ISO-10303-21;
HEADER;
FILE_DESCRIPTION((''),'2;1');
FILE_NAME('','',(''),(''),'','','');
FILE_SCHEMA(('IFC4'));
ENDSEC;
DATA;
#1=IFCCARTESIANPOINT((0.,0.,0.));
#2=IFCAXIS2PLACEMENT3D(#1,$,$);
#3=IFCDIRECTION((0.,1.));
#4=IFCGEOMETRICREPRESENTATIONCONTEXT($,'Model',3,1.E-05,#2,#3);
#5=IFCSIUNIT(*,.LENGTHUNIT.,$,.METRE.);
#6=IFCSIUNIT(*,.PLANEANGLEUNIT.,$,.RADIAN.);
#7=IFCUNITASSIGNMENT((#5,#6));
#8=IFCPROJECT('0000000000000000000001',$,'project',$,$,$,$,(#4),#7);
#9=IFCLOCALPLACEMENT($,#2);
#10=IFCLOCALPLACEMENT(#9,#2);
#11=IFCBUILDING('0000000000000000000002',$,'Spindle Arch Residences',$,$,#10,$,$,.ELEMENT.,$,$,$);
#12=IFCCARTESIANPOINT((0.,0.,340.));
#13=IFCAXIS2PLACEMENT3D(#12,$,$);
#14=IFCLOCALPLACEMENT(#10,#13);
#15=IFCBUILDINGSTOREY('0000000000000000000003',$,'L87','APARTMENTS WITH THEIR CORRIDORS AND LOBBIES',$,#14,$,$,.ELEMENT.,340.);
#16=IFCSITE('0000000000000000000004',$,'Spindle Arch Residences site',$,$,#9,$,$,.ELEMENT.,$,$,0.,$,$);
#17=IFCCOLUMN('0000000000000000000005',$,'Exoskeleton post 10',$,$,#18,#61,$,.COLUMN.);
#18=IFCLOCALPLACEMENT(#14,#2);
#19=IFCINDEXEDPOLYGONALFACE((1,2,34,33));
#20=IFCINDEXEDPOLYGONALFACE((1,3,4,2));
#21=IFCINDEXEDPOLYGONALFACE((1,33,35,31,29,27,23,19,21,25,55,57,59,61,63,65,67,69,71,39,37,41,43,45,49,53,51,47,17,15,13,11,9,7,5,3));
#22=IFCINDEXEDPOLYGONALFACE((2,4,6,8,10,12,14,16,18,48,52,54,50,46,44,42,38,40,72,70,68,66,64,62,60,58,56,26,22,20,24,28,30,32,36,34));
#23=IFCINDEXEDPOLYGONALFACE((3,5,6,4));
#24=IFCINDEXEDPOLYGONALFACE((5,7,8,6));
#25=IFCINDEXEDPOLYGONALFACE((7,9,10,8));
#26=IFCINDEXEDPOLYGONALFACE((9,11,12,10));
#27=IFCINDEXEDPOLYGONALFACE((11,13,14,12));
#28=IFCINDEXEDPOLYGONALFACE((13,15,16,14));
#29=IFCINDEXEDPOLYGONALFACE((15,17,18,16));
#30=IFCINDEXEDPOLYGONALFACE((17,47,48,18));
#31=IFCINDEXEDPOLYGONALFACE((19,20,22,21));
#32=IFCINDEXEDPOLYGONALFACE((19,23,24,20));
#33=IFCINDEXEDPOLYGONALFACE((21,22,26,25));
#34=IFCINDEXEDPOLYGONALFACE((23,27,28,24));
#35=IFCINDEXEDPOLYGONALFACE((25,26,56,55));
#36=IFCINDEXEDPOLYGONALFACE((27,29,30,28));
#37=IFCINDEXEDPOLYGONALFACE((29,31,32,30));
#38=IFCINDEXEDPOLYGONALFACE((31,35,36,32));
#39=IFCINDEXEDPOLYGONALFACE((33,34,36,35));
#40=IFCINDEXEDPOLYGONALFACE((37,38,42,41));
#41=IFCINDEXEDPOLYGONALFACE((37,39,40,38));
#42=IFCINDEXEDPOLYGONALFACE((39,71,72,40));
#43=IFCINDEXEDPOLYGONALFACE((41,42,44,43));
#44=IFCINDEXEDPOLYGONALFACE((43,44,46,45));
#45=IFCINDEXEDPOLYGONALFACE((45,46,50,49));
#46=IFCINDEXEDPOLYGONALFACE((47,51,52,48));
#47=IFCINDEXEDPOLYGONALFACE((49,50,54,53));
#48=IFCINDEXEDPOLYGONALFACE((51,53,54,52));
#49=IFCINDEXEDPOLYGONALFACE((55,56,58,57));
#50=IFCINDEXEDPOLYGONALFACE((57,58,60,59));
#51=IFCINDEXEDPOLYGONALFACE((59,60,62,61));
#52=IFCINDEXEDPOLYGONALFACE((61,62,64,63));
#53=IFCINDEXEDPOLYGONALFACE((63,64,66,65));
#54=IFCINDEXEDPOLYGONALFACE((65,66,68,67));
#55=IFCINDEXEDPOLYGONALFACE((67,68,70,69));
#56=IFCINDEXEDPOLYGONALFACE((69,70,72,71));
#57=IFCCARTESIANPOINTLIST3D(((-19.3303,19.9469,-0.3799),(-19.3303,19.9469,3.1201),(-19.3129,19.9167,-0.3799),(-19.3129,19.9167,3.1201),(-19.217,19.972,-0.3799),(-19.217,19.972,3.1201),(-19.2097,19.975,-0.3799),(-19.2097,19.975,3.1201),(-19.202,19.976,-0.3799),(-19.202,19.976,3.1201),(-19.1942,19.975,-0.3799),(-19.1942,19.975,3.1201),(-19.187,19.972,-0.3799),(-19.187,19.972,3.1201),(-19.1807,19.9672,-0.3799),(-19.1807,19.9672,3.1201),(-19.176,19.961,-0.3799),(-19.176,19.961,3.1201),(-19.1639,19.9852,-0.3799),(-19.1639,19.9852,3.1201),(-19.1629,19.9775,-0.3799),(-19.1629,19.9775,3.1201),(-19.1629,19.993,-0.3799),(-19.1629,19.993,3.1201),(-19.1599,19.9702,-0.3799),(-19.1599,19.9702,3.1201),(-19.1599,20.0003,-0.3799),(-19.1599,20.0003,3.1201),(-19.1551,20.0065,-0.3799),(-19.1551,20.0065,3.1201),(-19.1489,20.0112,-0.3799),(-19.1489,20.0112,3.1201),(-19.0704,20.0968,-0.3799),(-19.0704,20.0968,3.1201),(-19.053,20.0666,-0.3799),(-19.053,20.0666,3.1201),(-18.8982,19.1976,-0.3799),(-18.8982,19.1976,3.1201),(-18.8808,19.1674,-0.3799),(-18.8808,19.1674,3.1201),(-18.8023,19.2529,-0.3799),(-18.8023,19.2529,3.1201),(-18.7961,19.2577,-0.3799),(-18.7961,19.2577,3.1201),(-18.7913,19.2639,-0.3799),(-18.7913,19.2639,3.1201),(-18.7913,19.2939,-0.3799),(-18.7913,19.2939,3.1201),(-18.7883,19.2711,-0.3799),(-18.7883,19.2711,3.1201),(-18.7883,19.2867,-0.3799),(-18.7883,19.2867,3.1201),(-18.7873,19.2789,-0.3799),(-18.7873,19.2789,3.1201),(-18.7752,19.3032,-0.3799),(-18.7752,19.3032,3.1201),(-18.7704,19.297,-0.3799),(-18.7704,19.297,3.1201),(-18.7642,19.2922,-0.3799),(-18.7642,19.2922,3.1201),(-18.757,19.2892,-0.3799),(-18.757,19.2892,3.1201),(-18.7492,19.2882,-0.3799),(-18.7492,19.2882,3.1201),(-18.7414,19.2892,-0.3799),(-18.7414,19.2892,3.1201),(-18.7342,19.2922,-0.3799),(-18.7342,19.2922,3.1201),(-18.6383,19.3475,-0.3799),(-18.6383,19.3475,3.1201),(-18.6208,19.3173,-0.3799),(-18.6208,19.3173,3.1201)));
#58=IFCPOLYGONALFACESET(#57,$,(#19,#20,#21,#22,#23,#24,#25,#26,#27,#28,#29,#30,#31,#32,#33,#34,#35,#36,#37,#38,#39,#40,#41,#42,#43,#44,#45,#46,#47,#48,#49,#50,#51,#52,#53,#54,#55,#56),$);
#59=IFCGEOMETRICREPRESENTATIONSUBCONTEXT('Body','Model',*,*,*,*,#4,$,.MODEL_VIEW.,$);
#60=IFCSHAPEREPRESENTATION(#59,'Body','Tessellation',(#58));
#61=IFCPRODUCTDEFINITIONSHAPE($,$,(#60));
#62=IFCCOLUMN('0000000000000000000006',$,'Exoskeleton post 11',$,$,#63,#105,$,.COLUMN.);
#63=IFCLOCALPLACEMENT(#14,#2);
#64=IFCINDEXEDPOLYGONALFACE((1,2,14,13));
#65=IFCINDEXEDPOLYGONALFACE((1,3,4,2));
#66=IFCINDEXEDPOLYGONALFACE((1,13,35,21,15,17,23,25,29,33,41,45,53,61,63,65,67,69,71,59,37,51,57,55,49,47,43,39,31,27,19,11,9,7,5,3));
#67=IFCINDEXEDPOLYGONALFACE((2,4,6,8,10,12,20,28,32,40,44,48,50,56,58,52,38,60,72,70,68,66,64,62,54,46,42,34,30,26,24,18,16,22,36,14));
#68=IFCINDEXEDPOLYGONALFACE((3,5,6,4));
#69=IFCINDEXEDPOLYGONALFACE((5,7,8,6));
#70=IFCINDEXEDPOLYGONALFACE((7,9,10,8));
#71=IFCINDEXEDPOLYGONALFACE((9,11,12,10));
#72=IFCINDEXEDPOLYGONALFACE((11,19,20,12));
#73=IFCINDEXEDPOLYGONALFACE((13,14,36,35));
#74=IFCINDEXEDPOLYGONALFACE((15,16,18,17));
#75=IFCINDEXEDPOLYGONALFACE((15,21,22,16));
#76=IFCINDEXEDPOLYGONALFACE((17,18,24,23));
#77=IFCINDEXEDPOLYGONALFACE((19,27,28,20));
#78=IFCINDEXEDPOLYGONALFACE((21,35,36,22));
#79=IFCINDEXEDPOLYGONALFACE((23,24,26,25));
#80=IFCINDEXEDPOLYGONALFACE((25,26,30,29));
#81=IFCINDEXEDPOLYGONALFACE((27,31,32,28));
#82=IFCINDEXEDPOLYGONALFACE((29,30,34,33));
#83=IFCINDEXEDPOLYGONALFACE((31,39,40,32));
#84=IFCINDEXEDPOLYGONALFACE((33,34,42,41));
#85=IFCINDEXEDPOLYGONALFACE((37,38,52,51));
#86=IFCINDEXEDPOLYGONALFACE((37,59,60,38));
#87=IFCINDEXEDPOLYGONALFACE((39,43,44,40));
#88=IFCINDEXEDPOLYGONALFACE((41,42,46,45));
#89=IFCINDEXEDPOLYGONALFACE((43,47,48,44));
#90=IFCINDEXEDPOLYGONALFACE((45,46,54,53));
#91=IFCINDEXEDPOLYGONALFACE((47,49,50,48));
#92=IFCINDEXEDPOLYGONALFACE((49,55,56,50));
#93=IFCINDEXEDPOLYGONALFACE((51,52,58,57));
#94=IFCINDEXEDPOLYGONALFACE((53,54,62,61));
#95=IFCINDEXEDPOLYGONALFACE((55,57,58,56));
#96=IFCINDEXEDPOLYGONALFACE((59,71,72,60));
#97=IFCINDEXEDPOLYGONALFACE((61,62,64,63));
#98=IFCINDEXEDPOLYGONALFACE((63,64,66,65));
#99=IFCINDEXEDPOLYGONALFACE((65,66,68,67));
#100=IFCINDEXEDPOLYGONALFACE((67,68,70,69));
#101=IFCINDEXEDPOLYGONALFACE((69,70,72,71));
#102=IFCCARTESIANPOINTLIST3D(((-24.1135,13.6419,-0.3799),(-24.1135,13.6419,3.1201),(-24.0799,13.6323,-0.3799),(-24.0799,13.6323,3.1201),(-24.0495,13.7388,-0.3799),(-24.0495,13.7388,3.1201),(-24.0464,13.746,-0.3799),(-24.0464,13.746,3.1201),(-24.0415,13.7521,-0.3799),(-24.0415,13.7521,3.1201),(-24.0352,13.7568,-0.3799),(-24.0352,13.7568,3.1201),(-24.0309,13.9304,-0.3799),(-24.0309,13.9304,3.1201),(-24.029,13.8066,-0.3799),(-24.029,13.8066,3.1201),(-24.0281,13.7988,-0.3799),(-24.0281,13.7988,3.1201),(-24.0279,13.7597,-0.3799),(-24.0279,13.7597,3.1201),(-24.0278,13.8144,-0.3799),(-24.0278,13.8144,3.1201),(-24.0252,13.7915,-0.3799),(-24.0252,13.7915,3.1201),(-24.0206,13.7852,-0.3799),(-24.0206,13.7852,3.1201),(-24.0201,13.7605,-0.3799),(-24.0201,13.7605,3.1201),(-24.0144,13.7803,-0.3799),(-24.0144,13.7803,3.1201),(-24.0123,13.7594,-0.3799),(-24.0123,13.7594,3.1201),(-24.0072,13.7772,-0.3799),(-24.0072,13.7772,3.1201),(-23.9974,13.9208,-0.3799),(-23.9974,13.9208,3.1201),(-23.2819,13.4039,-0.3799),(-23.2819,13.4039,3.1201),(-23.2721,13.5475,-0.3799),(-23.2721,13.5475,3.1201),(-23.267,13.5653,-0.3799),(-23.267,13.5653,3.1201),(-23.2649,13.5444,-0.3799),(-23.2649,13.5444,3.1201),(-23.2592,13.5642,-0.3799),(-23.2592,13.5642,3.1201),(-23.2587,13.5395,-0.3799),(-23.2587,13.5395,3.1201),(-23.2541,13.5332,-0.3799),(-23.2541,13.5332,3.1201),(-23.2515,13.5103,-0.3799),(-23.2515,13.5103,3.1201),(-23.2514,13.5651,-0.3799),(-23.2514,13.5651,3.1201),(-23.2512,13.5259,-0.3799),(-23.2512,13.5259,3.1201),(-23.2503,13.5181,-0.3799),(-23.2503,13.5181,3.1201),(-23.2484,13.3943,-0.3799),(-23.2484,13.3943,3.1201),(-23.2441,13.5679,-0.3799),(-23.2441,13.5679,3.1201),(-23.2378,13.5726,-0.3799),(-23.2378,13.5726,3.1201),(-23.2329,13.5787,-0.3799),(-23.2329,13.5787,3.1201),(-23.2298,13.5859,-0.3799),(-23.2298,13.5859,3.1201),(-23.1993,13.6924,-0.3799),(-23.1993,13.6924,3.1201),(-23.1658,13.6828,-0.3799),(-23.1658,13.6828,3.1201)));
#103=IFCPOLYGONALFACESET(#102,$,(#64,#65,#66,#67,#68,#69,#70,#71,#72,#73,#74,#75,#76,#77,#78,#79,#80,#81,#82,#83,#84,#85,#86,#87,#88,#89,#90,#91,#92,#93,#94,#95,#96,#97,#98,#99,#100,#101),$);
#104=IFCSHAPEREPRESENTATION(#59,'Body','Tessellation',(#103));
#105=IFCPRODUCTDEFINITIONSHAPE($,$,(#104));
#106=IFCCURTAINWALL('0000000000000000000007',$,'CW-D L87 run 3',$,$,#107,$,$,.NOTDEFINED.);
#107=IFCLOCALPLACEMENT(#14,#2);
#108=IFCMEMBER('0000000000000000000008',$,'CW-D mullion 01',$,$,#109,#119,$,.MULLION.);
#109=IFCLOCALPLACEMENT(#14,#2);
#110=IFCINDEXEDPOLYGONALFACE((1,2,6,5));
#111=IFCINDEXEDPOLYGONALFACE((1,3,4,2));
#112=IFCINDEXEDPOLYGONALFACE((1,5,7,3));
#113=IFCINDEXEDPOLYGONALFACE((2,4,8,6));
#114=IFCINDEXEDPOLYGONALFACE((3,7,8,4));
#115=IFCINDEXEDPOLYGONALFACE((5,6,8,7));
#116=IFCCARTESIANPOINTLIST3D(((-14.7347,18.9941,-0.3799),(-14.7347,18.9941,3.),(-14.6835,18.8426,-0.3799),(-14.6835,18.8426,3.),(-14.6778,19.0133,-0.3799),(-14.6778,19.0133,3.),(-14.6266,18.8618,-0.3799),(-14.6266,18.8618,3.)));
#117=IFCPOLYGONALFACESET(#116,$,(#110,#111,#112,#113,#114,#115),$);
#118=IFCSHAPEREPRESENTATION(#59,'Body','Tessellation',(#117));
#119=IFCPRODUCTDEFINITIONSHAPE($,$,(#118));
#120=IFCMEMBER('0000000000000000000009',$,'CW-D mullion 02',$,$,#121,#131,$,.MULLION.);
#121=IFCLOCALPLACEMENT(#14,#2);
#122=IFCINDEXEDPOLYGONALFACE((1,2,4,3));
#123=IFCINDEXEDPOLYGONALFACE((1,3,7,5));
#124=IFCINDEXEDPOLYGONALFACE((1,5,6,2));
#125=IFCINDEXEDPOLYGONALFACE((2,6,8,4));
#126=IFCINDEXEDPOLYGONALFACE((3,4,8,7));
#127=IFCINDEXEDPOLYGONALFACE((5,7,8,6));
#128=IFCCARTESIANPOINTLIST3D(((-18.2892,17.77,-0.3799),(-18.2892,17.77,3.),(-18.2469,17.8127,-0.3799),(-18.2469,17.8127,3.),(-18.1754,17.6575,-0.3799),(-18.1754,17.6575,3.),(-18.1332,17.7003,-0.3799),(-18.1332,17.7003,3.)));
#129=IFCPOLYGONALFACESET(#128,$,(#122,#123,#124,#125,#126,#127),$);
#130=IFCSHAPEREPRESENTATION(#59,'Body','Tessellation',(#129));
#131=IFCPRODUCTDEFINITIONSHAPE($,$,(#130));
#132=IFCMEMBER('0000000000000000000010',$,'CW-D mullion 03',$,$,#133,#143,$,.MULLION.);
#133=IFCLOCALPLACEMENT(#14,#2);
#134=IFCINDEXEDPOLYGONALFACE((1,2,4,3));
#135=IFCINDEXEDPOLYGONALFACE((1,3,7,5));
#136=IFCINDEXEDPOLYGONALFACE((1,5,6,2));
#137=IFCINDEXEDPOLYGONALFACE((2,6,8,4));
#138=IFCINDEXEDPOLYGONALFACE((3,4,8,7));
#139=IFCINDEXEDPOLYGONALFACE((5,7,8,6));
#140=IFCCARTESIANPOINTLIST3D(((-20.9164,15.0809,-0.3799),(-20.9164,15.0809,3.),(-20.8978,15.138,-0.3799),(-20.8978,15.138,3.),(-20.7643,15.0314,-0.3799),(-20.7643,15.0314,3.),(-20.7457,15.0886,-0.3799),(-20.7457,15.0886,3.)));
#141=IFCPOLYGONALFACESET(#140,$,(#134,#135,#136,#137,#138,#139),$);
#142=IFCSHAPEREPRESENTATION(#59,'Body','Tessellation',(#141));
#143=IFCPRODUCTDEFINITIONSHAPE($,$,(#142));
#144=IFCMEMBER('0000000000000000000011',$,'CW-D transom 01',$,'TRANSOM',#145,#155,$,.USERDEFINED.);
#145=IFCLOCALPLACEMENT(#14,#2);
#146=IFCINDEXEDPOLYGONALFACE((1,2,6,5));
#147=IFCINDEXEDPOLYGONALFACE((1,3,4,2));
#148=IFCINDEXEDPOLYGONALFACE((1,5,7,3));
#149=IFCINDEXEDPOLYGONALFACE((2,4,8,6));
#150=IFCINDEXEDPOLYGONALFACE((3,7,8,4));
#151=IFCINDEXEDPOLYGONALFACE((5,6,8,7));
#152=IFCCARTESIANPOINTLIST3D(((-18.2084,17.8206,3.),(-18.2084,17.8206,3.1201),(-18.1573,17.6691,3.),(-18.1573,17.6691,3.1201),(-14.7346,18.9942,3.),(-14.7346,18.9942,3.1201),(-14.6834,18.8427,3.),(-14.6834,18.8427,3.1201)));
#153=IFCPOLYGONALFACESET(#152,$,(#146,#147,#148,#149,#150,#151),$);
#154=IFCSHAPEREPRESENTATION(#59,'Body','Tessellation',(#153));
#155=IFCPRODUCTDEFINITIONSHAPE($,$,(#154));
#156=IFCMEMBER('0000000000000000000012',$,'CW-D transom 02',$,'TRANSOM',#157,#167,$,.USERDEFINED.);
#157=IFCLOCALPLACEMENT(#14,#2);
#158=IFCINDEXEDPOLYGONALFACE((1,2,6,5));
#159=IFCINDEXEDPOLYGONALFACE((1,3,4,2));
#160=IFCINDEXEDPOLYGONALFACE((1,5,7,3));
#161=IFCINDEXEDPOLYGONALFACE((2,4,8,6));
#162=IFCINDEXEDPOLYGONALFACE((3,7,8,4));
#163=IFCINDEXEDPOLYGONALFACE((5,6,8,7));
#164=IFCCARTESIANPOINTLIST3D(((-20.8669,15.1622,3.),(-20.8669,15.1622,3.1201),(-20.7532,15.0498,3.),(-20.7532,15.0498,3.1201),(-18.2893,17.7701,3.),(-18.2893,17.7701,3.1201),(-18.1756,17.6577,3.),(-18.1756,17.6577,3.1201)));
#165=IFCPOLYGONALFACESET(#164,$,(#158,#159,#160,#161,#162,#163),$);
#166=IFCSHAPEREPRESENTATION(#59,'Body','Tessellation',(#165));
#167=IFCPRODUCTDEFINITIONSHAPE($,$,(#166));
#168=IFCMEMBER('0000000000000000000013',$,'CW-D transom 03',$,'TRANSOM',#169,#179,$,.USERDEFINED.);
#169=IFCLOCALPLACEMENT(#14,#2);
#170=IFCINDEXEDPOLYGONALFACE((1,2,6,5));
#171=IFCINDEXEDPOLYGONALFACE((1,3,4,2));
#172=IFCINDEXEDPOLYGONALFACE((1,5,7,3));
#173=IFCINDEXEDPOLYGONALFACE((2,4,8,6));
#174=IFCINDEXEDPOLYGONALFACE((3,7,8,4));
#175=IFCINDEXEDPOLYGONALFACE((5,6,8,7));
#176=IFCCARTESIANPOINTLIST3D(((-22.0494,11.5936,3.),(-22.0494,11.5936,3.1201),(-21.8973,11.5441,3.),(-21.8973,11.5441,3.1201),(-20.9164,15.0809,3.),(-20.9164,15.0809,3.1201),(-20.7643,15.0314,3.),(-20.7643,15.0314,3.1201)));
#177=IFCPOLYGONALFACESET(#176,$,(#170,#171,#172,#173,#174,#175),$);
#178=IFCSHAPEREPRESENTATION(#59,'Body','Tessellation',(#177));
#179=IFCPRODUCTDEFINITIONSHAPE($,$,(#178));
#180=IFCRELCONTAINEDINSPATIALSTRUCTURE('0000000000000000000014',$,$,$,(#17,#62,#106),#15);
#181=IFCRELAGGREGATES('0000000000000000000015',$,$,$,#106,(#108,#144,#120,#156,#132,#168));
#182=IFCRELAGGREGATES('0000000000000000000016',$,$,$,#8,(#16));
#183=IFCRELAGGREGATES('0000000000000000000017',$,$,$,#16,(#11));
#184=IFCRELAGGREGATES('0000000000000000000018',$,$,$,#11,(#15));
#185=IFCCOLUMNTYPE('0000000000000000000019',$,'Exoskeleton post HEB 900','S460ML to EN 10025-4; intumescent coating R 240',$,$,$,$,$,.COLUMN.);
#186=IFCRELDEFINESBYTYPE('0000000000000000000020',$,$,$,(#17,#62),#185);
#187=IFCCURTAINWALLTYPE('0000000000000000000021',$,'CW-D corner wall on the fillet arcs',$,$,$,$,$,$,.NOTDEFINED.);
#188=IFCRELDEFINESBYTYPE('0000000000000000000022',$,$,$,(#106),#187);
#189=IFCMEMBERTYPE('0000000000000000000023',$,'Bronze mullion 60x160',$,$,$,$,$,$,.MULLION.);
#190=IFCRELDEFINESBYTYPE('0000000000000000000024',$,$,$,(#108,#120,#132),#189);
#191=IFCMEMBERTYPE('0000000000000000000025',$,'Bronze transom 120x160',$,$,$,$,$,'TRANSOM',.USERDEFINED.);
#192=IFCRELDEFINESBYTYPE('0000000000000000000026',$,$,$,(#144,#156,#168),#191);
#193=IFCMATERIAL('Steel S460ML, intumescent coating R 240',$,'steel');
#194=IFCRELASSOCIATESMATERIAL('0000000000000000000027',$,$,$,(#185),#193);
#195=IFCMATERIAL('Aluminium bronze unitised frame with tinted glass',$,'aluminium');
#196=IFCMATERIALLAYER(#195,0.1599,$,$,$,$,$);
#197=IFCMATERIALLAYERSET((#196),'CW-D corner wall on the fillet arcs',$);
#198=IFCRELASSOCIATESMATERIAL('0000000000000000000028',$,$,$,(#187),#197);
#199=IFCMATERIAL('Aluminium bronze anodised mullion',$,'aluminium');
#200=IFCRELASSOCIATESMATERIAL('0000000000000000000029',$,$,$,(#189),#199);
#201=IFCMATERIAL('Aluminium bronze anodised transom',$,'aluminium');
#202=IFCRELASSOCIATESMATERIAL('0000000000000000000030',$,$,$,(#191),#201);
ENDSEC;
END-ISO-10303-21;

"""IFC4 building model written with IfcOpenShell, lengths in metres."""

from ifc_helpers import new_model, si_unit, direction, frame, origin, origin_2d, place, context, subcontext, project, spatial, rectangle, i_section, extrude, material, layer, layer_set, material_profile, profile_set, type_object, element, aggregate, save


model = new_model("IFC4")

# Units and contexts
model_context = context("Model", 3, precision=1e-05, world=origin(), true_north=direction((0.0, 1.0)))
body_context = subcontext(model_context, "Body", "Model", "MODEL_VIEW")
ifc_project = project(units=[si_unit("LENGTHUNIT", "METRE"), si_unit("PLANEANGLEUNIT", "RADIAN")], contexts=[model_context])

# Site, building, storey
site_placement = place(None, origin())
site = spatial("IfcSite", under=ifc_project, at=site_placement, Name="Spindle Arch Residences site", CompositionType="ELEMENT", RefElevation=0.0)
building_placement = place(site_placement, origin())
building = spatial("IfcBuilding", under=site, at=building_placement, Name="Spindle Arch Residences", CompositionType="ELEMENT")
storey_placement = place(building_placement, frame((0.0, 0.0, 340.0)))
storey = spatial("IfcBuildingStorey", under=building, at=storey_placement, Name="L87", Description="APARTMENTS WITH THEIR CORRIDORS AND LOBBIES", CompositionType="ELEMENT", Elevation=340.0)

# Columns
ifc_material_1 = material(Name="Steel S460ML, intumescent coating R 240", Category="steel")
ifc_material_profile_1 = material_profile(ifc_material_1, i_section(OverallWidth=0.3, OverallDepth=0.8999, WebThickness=0.0186, FlangeThickness=0.0349, FilletRadius=0.03, at=origin_2d()), Name="HEB 900")
ifc_profile_set_1 = profile_set([ifc_material_profile_1], Name="Steel S460ML, intumescent coating R 240")
column_type = type_object("IfcColumnType", Name="Exoskeleton post HEB 900", Description="S460ML to EN 10025-4; intumescent coating R 240", PredefinedType="COLUMN", material=ifc_profile_set_1)
for number, where, z_axis, x_axis, name in (
    (1, (-18.9756, 19.6321, -0.3799), (0.0, 0.0, 1.0), (0.866257, 0.499599, 0.0), "Exoskeleton post 10"),
    (2, (-23.6396, 13.6624, -0.3799), (0.0, 0.0, 1.0), (0.275193, 0.961389, 0.0), "Exoskeleton post 11"),
):
    element("IfcColumn", number, at=place(storey_placement, frame(where, z_axis=z_axis, x_axis=x_axis)), inside=storey, type_object=column_type, Name=name, PredefinedType="COLUMN", context=body_context, shape_type="SweptSolid", body=[
        extrude(i_section(OverallWidth=0.3, OverallDepth=0.8999, WebThickness=0.0186, FlangeThickness=0.0349, FilletRadius=0.03, at=origin_2d()), origin(), (0.0, 0.0, 1.0), 3.5),
    ])

# Curtain wall, members
ifc_material_2 = material(Name="Aluminium bronze unitised frame with tinted glass", Category="aluminium")
ifc_layer_1 = layer(ifc_material_2, 0.1599)
ifc_layer_set_1 = layer_set([ifc_layer_1], Name="CW-D corner wall on the fillet arcs")
curtain_wall_type = type_object("IfcCurtainWallType", Name="CW-D corner wall on the fillet arcs", PredefinedType="NOTDEFINED", material=ifc_layer_set_1)
curtain_wall_placement = place(storey_placement, origin())
curtain_wall = element("IfcCurtainWall", 3, at=curtain_wall_placement, inside=storey, type_object=curtain_wall_type, Name="CW-D L87 run 3", PredefinedType="NOTDEFINED")
ifc_material_3 = material(Name="Aluminium bronze anodised mullion", Category="aluminium")
ifc_material_profile_2 = material_profile(ifc_material_3, rectangle(XDim=0.1599, YDim=0.0601, at=origin_2d()), Name="MU 60x160")
ifc_profile_set_2 = profile_set([ifc_material_profile_2], Name="Aluminium bronze anodised mullion")
member_type_1 = type_object("IfcMemberType", Name="Bronze mullion 60x160", PredefinedType="MULLION", material=ifc_profile_set_2)
member_1_placement = place(storey_placement, frame((-14.6807, 18.928, -0.3799), z_axis=(0.0, 0.0, 1.0), x_axis=(0.320062, -0.947397, 0.0)))
member_1 = element("IfcMember", 4, at=member_1_placement, type_object=member_type_1, Name="CW-D mullion 01", PredefinedType="MULLION", context=body_context, shape_type="SweptSolid", body=[
    extrude(rectangle(XDim=0.1599, YDim=0.0601, at=origin_2d()), origin(), (0.0, 0.0, 1.0), 3.3799),
])
member_2_placement = place(storey_placement, frame((-18.2112, 17.7351, -0.3799), z_axis=(0.0, 0.0, 1.0), x_axis=(0.711209, -0.702981, 0.0)))
member_2 = element("IfcMember", 5, at=member_2_placement, type_object=member_type_1, Name="CW-D mullion 02", PredefinedType="MULLION", context=body_context, shape_type="SweptSolid", body=[
    extrude(rectangle(XDim=0.1599, YDim=0.0601, at=origin_2d()), origin(), (0.0, 0.0, 1.0), 3.3799),
])
member_3_placement = place(storey_placement, frame((-20.8311, 15.0847, -0.3799), z_axis=(0.0, 0.0, 1.0), x_axis=(0.951057, -0.309017, 0.0)))
member_3 = element("IfcMember", 6, at=member_3_placement, type_object=member_type_1, Name="CW-D mullion 03", PredefinedType="MULLION", context=body_context, shape_type="SweptSolid", body=[
    extrude(rectangle(XDim=0.1599, YDim=0.0601, at=origin_2d()), origin(), (0.0, 0.0, 1.0), 3.3799),
])
ifc_material_4 = material(Name="Aluminium bronze anodised transom", Category="aluminium")
ifc_material_profile_3 = material_profile(ifc_material_4, rectangle(XDim=0.1599, YDim=0.1201, at=origin_2d()), Name="TR 120x160")
ifc_profile_set_3 = profile_set([ifc_material_profile_3], Name="Aluminium bronze anodised transom")
member_type_2 = type_object("IfcMemberType", Name="Bronze transom 120x160", ElementType="TRANSOM", PredefinedType="USERDEFINED", material=ifc_profile_set_3)
member_4_placement = place(storey_placement, frame((-14.709, 18.9185, 3.0601), z_axis=(-0.947397, -0.32006, 0.0), x_axis=(0.32006, -0.947397, 0.0)))
member_4 = element("IfcMember", 7, at=member_4_placement, type_object=member_type_2, Name="CW-D transom 01", ObjectType="TRANSOM", PredefinedType="USERDEFINED", context=body_context, shape_type="SweptSolid", body=[
    extrude(rectangle(XDim=0.1599, YDim=0.1201, at=origin_2d()), origin(), (0.0, 0.0, 1.0), 3.6667),
])
member_5_placement = place(storey_placement, frame((-18.2324, 17.7139, 3.0601), z_axis=(-0.702967, -0.711223, 0.0), x_axis=(0.711223, -0.702967, 0.0)))
member_5 = element("IfcMember", 8, at=member_5_placement, type_object=member_type_2, Name="CW-D transom 02", ObjectType="TRANSOM", PredefinedType="USERDEFINED", context=body_context, shape_type="SweptSolid", body=[
    extrude(rectangle(XDim=0.1599, YDim=0.1201, at=origin_2d()), origin(), (0.0, 0.0, 1.0), 3.6667),
])
member_6_placement = place(storey_placement, frame((-20.8403, 15.0562, 3.0601), z_axis=(-0.309008, -0.95106, 0.0), x_axis=(0.95106, -0.309008, 0.0)))
member_6 = element("IfcMember", 9, at=member_6_placement, type_object=member_type_2, Name="CW-D transom 03", ObjectType="TRANSOM", PredefinedType="USERDEFINED", context=body_context, shape_type="SweptSolid", body=[
    extrude(rectangle(XDim=0.1599, YDim=0.1201, at=origin_2d()), origin(), (0.0, 0.0, 1.0), 3.6667),
])

aggregate(curtain_wall, [member_1, member_4, member_2, member_5, member_3, member_6])

save(model, "model.ifc")
